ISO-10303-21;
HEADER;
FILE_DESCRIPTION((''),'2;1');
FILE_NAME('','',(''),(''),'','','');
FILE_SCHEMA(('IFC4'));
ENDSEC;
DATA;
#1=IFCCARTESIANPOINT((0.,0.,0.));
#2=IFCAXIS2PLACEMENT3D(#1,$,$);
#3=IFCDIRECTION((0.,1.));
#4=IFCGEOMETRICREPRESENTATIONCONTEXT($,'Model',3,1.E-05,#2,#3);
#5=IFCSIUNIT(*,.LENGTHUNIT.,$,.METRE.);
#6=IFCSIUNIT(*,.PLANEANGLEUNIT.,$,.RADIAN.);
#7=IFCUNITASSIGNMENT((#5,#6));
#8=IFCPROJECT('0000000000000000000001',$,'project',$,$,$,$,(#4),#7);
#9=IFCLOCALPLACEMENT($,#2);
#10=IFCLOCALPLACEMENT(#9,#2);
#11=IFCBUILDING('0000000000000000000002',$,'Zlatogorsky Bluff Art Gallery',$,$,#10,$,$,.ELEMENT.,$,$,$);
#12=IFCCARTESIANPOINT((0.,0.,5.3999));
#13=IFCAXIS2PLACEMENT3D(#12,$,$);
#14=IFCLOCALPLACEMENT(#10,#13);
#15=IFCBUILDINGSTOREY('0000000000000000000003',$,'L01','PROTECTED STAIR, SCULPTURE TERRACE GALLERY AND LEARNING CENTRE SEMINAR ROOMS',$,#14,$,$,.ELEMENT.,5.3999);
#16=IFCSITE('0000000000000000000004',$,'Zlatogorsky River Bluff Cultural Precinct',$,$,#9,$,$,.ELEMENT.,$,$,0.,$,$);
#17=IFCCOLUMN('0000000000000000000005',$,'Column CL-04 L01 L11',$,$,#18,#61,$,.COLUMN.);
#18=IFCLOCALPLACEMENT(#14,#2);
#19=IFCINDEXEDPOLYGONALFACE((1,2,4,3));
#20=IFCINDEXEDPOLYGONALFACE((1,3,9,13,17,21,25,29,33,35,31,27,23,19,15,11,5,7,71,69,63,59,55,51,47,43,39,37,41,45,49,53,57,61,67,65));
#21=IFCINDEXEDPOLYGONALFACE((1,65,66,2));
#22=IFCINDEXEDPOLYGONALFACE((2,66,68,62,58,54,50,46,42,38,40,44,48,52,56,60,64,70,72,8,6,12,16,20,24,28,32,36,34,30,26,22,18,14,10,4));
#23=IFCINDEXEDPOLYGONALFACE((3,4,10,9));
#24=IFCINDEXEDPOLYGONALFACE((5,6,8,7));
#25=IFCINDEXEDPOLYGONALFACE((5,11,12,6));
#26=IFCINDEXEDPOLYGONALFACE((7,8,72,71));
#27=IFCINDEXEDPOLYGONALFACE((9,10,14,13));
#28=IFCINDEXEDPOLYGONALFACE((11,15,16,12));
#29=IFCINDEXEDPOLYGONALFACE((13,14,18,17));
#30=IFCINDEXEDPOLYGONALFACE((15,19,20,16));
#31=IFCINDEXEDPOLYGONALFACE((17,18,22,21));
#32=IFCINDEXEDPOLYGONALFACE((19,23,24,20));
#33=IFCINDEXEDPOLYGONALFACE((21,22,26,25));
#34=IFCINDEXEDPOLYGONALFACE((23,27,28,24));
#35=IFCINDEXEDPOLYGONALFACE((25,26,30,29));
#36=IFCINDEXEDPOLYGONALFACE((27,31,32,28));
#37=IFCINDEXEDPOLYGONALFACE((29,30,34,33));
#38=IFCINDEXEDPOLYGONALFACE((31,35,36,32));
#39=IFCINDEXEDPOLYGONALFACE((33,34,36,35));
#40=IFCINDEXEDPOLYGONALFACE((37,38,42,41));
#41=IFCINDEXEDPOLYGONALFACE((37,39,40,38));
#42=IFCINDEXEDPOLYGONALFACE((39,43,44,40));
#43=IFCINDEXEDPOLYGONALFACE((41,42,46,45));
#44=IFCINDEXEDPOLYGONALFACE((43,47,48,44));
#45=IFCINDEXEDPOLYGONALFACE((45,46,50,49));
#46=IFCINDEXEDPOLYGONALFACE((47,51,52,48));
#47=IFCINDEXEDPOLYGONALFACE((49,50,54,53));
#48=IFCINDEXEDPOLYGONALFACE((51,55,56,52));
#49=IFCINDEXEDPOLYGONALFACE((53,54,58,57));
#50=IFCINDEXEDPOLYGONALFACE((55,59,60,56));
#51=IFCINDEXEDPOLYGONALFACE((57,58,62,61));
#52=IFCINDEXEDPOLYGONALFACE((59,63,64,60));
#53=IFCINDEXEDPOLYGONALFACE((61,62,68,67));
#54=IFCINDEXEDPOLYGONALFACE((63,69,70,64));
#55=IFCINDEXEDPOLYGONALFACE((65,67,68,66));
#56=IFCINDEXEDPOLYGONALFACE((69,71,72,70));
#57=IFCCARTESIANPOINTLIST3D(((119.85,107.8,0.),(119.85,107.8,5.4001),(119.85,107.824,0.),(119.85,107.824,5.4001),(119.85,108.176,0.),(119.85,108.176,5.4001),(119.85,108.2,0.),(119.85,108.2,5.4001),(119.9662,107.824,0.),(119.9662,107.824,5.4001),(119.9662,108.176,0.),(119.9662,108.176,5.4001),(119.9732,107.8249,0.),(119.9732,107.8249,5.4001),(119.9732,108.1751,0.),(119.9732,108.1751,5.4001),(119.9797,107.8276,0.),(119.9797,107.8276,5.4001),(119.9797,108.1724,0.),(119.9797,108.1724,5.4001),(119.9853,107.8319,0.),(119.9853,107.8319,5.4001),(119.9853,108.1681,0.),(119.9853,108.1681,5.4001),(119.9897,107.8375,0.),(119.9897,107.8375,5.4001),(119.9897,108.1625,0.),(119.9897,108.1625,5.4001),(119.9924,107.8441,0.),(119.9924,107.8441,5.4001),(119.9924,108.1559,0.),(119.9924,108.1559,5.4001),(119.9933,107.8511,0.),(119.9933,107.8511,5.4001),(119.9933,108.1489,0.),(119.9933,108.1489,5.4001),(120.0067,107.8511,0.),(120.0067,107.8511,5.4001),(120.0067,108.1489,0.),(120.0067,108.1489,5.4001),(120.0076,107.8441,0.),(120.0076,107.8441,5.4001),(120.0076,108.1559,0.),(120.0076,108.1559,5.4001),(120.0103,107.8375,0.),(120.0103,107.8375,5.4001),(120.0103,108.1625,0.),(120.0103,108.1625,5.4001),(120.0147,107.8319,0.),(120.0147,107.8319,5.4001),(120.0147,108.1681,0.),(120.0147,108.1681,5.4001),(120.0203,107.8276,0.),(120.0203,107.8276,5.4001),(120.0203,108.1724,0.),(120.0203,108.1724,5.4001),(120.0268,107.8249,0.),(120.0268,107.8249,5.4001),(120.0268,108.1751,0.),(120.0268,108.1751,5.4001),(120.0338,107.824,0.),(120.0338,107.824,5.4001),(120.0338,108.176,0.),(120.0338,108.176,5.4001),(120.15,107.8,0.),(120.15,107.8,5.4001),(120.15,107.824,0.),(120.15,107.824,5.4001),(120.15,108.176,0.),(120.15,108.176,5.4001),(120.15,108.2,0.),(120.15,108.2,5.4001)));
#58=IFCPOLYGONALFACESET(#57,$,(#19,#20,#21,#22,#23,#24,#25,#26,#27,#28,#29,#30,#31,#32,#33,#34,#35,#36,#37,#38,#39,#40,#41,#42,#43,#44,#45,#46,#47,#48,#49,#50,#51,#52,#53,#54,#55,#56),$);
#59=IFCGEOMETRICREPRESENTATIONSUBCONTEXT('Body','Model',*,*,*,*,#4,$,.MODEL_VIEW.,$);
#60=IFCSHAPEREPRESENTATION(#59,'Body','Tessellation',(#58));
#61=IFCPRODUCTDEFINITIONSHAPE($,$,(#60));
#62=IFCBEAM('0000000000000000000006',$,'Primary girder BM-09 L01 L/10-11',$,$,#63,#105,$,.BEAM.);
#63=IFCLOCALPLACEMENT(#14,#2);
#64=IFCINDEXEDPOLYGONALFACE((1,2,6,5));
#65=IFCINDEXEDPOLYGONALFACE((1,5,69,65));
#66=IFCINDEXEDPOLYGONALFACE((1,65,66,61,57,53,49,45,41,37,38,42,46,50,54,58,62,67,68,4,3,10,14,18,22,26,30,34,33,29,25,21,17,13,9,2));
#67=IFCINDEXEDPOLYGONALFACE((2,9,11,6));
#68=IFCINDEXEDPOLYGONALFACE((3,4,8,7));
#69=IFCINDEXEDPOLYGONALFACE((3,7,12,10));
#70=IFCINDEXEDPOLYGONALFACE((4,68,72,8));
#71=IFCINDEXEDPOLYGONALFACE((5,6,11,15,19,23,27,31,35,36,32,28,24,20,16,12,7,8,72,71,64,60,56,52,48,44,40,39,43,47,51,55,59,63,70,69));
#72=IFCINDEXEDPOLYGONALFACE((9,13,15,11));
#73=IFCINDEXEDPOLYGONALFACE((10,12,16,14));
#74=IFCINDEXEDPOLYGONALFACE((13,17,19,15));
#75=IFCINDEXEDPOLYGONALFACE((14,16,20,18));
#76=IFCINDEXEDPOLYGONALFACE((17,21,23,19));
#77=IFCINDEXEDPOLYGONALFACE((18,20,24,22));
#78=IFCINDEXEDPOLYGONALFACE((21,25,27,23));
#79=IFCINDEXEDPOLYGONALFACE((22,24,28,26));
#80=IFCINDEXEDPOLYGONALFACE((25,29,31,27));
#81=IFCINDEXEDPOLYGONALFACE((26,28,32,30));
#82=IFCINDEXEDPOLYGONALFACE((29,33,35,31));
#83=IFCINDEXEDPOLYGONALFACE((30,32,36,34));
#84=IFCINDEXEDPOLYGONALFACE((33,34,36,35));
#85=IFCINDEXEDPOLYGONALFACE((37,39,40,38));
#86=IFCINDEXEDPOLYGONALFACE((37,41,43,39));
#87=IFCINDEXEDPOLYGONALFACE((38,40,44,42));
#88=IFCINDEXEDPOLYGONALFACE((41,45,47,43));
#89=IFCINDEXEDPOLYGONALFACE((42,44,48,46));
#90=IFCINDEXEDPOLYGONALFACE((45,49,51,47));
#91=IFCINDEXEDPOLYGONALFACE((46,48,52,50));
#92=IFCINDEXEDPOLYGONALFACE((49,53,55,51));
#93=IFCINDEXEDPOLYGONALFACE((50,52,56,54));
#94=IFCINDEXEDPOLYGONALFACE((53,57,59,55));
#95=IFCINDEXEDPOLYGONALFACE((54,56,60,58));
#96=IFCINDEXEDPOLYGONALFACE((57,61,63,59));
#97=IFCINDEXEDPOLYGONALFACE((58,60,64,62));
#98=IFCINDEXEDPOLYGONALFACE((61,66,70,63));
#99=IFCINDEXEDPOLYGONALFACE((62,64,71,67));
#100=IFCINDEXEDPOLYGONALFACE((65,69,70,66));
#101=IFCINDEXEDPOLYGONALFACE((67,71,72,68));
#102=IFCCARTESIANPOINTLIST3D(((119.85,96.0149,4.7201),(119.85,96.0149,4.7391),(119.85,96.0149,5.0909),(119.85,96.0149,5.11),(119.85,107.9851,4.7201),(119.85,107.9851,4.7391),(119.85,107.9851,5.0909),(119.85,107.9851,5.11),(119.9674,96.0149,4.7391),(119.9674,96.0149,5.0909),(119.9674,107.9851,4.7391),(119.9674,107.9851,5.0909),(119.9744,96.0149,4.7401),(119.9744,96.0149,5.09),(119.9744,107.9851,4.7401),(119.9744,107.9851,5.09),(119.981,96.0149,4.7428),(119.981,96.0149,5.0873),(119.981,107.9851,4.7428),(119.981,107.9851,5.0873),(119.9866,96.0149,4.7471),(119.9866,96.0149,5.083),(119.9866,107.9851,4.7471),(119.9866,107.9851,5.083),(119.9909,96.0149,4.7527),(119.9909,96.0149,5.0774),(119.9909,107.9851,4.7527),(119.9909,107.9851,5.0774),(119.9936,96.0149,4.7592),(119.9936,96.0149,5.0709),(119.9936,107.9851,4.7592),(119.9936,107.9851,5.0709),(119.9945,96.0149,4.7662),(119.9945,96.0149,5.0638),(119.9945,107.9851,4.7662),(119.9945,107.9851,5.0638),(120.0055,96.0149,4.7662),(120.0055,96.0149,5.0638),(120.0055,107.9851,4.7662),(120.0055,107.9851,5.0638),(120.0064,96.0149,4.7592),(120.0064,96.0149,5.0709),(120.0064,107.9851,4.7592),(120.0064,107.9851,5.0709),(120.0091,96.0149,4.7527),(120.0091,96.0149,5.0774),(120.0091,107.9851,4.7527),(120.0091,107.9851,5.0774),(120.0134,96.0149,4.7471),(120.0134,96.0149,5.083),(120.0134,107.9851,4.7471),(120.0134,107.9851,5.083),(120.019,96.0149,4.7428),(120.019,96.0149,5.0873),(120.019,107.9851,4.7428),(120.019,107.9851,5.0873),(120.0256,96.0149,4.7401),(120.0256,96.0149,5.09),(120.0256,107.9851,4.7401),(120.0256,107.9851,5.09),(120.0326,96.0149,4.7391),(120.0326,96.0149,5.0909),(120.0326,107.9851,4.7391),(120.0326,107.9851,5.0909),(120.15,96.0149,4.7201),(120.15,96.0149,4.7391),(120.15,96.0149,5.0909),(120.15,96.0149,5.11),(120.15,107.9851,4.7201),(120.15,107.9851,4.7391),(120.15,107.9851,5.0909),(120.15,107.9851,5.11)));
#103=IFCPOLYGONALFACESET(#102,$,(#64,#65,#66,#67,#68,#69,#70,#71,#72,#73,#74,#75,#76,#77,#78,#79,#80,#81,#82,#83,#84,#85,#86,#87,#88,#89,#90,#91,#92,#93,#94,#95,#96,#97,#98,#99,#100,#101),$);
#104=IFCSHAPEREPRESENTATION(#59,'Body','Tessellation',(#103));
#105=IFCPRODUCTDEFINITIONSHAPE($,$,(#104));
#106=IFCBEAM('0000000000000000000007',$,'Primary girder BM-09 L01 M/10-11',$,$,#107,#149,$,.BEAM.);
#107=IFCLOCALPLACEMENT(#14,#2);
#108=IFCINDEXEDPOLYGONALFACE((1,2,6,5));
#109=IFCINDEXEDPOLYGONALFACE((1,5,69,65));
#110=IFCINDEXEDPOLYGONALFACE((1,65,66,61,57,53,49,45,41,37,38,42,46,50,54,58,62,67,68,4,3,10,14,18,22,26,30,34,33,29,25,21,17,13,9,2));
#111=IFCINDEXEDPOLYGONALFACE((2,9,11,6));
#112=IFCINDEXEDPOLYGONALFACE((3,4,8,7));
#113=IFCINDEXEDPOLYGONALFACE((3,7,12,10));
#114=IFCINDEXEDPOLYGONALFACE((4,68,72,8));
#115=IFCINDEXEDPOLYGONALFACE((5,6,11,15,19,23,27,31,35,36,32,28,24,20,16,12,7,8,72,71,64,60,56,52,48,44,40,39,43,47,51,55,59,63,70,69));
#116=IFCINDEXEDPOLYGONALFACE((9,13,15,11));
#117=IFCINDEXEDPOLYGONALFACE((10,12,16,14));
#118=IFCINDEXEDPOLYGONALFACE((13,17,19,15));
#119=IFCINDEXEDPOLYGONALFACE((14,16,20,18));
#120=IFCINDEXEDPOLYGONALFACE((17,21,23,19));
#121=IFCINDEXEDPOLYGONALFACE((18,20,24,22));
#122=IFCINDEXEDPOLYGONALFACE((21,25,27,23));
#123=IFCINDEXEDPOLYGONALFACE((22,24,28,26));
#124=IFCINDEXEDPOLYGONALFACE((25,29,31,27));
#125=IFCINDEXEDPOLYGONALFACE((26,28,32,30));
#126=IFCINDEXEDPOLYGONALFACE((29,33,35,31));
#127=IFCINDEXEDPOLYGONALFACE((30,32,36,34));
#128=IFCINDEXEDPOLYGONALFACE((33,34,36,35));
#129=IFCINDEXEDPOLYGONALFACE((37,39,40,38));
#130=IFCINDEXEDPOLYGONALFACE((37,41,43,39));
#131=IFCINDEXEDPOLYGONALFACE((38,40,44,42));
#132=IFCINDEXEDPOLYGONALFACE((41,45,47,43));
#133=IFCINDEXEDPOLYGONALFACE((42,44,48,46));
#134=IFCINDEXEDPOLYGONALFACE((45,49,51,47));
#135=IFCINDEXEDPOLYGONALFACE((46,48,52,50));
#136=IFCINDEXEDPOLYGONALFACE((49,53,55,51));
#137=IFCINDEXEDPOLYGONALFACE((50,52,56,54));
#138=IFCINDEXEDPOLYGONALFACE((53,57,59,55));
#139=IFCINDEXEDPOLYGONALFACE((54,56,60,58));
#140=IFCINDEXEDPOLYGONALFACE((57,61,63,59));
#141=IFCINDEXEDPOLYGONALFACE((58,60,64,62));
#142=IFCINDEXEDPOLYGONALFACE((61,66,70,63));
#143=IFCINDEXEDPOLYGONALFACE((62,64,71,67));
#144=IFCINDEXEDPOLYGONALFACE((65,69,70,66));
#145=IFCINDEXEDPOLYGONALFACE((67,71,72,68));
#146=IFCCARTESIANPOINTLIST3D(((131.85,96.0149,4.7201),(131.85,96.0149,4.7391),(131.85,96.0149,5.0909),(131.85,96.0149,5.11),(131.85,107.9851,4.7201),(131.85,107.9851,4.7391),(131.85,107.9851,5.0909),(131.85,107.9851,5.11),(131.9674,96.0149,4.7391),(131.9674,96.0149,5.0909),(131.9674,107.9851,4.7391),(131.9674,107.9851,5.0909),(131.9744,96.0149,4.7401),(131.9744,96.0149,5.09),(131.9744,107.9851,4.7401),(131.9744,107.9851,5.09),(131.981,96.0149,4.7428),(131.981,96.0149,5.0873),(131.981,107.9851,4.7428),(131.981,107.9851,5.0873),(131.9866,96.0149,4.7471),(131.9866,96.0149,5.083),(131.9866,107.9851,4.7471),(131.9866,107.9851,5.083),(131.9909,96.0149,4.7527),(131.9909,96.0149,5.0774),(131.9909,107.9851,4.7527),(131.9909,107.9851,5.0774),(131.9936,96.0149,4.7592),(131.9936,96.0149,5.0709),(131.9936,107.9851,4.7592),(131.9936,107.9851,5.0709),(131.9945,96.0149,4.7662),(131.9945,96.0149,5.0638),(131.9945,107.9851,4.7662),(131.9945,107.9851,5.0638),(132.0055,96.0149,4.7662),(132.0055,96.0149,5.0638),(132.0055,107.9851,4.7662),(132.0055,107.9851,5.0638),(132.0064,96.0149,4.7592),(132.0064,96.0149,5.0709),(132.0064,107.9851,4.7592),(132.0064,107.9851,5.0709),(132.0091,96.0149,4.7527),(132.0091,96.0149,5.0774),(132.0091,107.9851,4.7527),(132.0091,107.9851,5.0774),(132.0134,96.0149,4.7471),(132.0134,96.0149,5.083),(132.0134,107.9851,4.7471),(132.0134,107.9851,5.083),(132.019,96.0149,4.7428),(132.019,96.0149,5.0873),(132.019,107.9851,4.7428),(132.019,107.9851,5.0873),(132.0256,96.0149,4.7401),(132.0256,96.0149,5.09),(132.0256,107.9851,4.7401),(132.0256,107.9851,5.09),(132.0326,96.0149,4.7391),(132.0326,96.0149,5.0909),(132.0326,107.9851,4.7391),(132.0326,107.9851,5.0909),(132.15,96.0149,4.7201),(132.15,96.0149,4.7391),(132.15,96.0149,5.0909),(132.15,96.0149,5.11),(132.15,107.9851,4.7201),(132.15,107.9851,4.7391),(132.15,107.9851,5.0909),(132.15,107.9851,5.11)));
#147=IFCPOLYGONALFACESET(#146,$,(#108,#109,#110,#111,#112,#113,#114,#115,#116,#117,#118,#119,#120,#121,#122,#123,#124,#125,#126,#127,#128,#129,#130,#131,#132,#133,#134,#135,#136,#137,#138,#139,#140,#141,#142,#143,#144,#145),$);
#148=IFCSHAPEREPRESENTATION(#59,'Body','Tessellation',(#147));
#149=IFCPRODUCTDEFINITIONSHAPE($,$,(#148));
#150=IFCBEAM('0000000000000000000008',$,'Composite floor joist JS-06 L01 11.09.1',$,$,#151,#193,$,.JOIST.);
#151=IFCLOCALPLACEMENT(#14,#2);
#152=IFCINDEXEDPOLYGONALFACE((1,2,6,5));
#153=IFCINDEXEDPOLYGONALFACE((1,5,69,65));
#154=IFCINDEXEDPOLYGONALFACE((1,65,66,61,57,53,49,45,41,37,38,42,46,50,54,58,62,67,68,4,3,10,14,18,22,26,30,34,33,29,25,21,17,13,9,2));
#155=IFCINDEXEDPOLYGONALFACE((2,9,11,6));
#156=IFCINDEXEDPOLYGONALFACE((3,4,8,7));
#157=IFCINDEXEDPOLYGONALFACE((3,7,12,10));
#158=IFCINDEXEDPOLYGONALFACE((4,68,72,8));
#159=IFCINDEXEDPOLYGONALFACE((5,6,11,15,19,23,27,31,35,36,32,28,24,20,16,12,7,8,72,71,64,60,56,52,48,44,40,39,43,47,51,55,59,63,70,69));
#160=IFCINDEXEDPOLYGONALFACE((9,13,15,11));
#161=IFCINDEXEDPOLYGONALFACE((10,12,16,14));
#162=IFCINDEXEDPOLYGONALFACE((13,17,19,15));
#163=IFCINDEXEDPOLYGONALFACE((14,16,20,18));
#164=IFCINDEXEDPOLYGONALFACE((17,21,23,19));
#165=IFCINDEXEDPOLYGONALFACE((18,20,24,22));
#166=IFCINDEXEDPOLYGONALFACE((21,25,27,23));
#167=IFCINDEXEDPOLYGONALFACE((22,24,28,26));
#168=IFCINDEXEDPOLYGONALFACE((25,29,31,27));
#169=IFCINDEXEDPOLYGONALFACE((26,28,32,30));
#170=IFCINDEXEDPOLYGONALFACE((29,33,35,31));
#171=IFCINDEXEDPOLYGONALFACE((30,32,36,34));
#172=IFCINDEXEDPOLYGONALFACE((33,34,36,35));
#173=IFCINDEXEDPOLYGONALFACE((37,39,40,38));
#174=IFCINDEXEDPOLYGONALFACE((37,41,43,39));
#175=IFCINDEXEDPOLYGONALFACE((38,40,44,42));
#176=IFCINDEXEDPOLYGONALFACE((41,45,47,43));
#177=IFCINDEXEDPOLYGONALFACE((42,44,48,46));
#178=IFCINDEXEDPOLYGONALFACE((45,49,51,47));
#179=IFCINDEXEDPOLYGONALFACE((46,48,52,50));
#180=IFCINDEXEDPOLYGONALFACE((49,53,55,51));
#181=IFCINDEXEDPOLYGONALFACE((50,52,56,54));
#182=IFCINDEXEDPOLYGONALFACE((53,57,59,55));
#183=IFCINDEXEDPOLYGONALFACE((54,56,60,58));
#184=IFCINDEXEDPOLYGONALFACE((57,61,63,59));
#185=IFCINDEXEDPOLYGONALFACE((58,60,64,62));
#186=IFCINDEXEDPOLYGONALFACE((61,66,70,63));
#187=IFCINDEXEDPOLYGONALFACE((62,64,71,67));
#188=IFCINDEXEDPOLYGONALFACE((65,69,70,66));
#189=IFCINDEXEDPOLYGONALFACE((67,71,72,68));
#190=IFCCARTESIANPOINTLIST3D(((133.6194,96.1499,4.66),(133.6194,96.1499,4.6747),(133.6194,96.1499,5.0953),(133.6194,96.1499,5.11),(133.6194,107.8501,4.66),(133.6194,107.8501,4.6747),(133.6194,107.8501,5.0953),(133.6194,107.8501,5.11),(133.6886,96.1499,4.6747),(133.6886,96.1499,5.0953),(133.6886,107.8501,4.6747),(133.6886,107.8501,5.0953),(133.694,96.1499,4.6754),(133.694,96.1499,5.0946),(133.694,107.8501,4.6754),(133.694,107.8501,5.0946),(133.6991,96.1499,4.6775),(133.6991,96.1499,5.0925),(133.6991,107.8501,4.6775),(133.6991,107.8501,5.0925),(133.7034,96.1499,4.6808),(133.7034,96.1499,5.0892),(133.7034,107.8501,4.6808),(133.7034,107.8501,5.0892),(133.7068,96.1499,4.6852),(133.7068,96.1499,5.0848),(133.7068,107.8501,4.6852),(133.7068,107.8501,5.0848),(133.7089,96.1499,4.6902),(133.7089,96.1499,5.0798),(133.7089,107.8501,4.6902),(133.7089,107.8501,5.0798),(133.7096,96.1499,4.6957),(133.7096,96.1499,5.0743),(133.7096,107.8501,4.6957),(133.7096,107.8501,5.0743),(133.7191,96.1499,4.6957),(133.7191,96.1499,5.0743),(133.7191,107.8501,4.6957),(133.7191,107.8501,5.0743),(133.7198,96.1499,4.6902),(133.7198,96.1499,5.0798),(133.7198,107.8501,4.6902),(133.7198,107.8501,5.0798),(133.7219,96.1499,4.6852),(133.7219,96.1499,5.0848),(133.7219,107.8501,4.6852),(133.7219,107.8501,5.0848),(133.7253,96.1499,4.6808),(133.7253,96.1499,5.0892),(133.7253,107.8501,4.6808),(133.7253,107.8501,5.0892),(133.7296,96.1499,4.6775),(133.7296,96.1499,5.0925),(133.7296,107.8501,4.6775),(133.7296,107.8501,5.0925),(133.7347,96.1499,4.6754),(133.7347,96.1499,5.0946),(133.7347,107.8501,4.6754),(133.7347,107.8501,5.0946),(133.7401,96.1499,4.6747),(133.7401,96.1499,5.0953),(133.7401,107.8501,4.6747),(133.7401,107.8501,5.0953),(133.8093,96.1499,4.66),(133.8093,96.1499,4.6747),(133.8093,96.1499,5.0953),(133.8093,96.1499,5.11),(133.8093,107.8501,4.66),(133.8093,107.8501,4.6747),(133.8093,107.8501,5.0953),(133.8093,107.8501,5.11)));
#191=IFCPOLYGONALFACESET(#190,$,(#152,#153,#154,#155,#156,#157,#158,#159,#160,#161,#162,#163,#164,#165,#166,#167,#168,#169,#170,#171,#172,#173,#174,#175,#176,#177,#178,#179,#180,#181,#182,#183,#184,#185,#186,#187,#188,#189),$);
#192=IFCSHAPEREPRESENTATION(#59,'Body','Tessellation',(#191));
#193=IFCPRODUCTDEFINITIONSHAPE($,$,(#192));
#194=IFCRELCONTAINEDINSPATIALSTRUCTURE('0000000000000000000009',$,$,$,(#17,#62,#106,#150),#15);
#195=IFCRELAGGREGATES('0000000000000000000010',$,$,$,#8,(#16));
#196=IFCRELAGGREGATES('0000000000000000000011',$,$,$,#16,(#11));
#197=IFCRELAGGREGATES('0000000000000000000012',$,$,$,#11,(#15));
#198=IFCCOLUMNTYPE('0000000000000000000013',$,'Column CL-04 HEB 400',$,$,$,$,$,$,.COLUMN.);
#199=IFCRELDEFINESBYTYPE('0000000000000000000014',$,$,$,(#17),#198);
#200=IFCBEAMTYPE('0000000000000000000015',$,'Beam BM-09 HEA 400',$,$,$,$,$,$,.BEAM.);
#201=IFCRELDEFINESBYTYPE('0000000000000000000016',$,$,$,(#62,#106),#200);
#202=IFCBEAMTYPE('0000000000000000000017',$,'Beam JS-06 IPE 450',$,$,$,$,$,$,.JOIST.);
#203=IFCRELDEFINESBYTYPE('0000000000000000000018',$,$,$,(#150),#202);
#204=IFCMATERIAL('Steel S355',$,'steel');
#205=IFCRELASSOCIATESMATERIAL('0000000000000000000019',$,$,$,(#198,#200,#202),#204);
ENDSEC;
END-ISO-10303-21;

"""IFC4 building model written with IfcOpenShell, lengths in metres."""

from ifc_helpers import new_model, si_unit, direction, frame, origin, origin_2d, place, context, subcontext, project, spatial, i_section, extrude, material, material_profile, profile_set, type_object, element, save


model = new_model("IFC4")

# Units and contexts
model_context = context("Model", 3, precision=1e-05, world=origin(), true_north=direction((0.0, 1.0)))
body_context = subcontext(model_context, "Body", "Model", "MODEL_VIEW")
ifc_project = project(units=[si_unit("LENGTHUNIT", "METRE"), si_unit("PLANEANGLEUNIT", "RADIAN")], contexts=[model_context])

# Site, building, storey
site_placement = place(None, origin())
site = spatial("IfcSite", under=ifc_project, at=site_placement, Name="Zlatogorsky River Bluff Cultural Precinct", CompositionType="ELEMENT", RefElevation=0.0)
building_placement = place(site_placement, origin())
building = spatial("IfcBuilding", under=site, at=building_placement, Name="Zlatogorsky Bluff Art Gallery", CompositionType="ELEMENT")
storey_placement = place(building_placement, frame((0.0, 0.0, 5.3999)))
storey = spatial("IfcBuildingStorey", under=building, at=storey_placement, Name="L01", Description="PROTECTED STAIR, SCULPTURE TERRACE GALLERY AND LEARNING CENTRE SEMINAR ROOMS", CompositionType="ELEMENT", Elevation=5.3999)

# Column
ifc_material_1 = material(Name="Steel S355", Category="steel")
ifc_material_profile_1 = material_profile(ifc_material_1, i_section(OverallWidth=0.3, OverallDepth=0.3999, WebThickness=0.0134, FlangeThickness=0.0239, FilletRadius=0.0271, at=origin_2d()), Name="HEB 400")
ifc_profile_set_1 = profile_set([ifc_material_profile_1], Name="Steel S355")
column_type = type_object("IfcColumnType", Name="Column CL-04 HEB 400", PredefinedType="COLUMN", material=ifc_profile_set_1)
column_placement = place(storey_placement, frame((120.0, 108.0, 0.0), z_axis=(0.0, 0.0, 1.0), x_axis=(1.0, 0.0, 0.0)))
element("IfcColumn", 1, at=column_placement, inside=storey, type_object=column_type, Name="Column CL-04 L01 L11", PredefinedType="COLUMN", context=body_context, shape_type="SweptSolid", body=[
    extrude(i_section(OverallWidth=0.3, OverallDepth=0.3999, WebThickness=0.0134, FlangeThickness=0.0239, FilletRadius=0.0271, at=origin_2d()), origin(), (0.0, 0.0, 1.0), 5.4001),
])

# Beams
ifc_material_profile_2 = material_profile(ifc_material_1, i_section(OverallWidth=0.3, OverallDepth=0.3899, WebThickness=0.011, FlangeThickness=0.019, FilletRadius=0.0271, at=origin_2d()), Name="HEA 400")
ifc_profile_set_2 = profile_set([ifc_material_profile_2], Name="Steel S355")
beam_type_1 = type_object("IfcBeamType", Name="Beam BM-09 HEA 400", PredefinedType="BEAM", material=ifc_profile_set_2)
for number, where, z_axis, x_axis, name in (
    (2, (120.0, 96.0149, 4.915), (0.0, 1.0, 0.0), (-1.0, 0.0, 0.0), "Primary girder BM-09 L01 L/10-11"),
    (3, (132.0, 96.0149, 4.915), (0.0, 1.0, 0.0), (-1.0, 0.0, 0.0), "Primary girder BM-09 L01 M/10-11"),
):
    element("IfcBeam", number, at=place(storey_placement, frame(where, z_axis=z_axis, x_axis=x_axis)), inside=storey, type_object=beam_type_1, Name=name, PredefinedType="BEAM", context=body_context, shape_type="SweptSolid", body=[
        extrude(i_section(OverallWidth=0.3, OverallDepth=0.3899, WebThickness=0.011, FlangeThickness=0.019, FilletRadius=0.0271, at=origin_2d()), origin(), (0.0, 0.0, 1.0), 11.9702),
    ])
ifc_material_profile_3 = material_profile(ifc_material_1, i_section(OverallWidth=0.1899, OverallDepth=0.45, WebThickness=0.0095, FlangeThickness=0.0146, FilletRadius=0.021, at=origin_2d()), Name="IPE 450")
ifc_profile_set_3 = profile_set([ifc_material_profile_3], Name="Steel S355")
beam_type_2 = type_object("IfcBeamType", Name="Beam JS-06 IPE 450", PredefinedType="JOIST", material=ifc_profile_set_3)
for number, where, z_axis, x_axis, name in (
    (4, (133.7144, 96.1499, 4.885), (0.0, 1.0, 0.0), (-1.0, 0.0, 0.0), "Composite floor joist JS-06 L01 11.09.1"),
):
    element("IfcBeam", number, at=place(storey_placement, frame(where, z_axis=z_axis, x_axis=x_axis)), inside=storey, type_object=beam_type_2, Name=name, PredefinedType="JOIST", context=body_context, shape_type="SweptSolid", body=[
        extrude(i_section(OverallWidth=0.1899, OverallDepth=0.45, WebThickness=0.0095, FlangeThickness=0.0146, FilletRadius=0.021, at=origin_2d()), origin(), (0.0, 0.0, 1.0), 11.7002),
    ])

save(model, "model.ifc")
